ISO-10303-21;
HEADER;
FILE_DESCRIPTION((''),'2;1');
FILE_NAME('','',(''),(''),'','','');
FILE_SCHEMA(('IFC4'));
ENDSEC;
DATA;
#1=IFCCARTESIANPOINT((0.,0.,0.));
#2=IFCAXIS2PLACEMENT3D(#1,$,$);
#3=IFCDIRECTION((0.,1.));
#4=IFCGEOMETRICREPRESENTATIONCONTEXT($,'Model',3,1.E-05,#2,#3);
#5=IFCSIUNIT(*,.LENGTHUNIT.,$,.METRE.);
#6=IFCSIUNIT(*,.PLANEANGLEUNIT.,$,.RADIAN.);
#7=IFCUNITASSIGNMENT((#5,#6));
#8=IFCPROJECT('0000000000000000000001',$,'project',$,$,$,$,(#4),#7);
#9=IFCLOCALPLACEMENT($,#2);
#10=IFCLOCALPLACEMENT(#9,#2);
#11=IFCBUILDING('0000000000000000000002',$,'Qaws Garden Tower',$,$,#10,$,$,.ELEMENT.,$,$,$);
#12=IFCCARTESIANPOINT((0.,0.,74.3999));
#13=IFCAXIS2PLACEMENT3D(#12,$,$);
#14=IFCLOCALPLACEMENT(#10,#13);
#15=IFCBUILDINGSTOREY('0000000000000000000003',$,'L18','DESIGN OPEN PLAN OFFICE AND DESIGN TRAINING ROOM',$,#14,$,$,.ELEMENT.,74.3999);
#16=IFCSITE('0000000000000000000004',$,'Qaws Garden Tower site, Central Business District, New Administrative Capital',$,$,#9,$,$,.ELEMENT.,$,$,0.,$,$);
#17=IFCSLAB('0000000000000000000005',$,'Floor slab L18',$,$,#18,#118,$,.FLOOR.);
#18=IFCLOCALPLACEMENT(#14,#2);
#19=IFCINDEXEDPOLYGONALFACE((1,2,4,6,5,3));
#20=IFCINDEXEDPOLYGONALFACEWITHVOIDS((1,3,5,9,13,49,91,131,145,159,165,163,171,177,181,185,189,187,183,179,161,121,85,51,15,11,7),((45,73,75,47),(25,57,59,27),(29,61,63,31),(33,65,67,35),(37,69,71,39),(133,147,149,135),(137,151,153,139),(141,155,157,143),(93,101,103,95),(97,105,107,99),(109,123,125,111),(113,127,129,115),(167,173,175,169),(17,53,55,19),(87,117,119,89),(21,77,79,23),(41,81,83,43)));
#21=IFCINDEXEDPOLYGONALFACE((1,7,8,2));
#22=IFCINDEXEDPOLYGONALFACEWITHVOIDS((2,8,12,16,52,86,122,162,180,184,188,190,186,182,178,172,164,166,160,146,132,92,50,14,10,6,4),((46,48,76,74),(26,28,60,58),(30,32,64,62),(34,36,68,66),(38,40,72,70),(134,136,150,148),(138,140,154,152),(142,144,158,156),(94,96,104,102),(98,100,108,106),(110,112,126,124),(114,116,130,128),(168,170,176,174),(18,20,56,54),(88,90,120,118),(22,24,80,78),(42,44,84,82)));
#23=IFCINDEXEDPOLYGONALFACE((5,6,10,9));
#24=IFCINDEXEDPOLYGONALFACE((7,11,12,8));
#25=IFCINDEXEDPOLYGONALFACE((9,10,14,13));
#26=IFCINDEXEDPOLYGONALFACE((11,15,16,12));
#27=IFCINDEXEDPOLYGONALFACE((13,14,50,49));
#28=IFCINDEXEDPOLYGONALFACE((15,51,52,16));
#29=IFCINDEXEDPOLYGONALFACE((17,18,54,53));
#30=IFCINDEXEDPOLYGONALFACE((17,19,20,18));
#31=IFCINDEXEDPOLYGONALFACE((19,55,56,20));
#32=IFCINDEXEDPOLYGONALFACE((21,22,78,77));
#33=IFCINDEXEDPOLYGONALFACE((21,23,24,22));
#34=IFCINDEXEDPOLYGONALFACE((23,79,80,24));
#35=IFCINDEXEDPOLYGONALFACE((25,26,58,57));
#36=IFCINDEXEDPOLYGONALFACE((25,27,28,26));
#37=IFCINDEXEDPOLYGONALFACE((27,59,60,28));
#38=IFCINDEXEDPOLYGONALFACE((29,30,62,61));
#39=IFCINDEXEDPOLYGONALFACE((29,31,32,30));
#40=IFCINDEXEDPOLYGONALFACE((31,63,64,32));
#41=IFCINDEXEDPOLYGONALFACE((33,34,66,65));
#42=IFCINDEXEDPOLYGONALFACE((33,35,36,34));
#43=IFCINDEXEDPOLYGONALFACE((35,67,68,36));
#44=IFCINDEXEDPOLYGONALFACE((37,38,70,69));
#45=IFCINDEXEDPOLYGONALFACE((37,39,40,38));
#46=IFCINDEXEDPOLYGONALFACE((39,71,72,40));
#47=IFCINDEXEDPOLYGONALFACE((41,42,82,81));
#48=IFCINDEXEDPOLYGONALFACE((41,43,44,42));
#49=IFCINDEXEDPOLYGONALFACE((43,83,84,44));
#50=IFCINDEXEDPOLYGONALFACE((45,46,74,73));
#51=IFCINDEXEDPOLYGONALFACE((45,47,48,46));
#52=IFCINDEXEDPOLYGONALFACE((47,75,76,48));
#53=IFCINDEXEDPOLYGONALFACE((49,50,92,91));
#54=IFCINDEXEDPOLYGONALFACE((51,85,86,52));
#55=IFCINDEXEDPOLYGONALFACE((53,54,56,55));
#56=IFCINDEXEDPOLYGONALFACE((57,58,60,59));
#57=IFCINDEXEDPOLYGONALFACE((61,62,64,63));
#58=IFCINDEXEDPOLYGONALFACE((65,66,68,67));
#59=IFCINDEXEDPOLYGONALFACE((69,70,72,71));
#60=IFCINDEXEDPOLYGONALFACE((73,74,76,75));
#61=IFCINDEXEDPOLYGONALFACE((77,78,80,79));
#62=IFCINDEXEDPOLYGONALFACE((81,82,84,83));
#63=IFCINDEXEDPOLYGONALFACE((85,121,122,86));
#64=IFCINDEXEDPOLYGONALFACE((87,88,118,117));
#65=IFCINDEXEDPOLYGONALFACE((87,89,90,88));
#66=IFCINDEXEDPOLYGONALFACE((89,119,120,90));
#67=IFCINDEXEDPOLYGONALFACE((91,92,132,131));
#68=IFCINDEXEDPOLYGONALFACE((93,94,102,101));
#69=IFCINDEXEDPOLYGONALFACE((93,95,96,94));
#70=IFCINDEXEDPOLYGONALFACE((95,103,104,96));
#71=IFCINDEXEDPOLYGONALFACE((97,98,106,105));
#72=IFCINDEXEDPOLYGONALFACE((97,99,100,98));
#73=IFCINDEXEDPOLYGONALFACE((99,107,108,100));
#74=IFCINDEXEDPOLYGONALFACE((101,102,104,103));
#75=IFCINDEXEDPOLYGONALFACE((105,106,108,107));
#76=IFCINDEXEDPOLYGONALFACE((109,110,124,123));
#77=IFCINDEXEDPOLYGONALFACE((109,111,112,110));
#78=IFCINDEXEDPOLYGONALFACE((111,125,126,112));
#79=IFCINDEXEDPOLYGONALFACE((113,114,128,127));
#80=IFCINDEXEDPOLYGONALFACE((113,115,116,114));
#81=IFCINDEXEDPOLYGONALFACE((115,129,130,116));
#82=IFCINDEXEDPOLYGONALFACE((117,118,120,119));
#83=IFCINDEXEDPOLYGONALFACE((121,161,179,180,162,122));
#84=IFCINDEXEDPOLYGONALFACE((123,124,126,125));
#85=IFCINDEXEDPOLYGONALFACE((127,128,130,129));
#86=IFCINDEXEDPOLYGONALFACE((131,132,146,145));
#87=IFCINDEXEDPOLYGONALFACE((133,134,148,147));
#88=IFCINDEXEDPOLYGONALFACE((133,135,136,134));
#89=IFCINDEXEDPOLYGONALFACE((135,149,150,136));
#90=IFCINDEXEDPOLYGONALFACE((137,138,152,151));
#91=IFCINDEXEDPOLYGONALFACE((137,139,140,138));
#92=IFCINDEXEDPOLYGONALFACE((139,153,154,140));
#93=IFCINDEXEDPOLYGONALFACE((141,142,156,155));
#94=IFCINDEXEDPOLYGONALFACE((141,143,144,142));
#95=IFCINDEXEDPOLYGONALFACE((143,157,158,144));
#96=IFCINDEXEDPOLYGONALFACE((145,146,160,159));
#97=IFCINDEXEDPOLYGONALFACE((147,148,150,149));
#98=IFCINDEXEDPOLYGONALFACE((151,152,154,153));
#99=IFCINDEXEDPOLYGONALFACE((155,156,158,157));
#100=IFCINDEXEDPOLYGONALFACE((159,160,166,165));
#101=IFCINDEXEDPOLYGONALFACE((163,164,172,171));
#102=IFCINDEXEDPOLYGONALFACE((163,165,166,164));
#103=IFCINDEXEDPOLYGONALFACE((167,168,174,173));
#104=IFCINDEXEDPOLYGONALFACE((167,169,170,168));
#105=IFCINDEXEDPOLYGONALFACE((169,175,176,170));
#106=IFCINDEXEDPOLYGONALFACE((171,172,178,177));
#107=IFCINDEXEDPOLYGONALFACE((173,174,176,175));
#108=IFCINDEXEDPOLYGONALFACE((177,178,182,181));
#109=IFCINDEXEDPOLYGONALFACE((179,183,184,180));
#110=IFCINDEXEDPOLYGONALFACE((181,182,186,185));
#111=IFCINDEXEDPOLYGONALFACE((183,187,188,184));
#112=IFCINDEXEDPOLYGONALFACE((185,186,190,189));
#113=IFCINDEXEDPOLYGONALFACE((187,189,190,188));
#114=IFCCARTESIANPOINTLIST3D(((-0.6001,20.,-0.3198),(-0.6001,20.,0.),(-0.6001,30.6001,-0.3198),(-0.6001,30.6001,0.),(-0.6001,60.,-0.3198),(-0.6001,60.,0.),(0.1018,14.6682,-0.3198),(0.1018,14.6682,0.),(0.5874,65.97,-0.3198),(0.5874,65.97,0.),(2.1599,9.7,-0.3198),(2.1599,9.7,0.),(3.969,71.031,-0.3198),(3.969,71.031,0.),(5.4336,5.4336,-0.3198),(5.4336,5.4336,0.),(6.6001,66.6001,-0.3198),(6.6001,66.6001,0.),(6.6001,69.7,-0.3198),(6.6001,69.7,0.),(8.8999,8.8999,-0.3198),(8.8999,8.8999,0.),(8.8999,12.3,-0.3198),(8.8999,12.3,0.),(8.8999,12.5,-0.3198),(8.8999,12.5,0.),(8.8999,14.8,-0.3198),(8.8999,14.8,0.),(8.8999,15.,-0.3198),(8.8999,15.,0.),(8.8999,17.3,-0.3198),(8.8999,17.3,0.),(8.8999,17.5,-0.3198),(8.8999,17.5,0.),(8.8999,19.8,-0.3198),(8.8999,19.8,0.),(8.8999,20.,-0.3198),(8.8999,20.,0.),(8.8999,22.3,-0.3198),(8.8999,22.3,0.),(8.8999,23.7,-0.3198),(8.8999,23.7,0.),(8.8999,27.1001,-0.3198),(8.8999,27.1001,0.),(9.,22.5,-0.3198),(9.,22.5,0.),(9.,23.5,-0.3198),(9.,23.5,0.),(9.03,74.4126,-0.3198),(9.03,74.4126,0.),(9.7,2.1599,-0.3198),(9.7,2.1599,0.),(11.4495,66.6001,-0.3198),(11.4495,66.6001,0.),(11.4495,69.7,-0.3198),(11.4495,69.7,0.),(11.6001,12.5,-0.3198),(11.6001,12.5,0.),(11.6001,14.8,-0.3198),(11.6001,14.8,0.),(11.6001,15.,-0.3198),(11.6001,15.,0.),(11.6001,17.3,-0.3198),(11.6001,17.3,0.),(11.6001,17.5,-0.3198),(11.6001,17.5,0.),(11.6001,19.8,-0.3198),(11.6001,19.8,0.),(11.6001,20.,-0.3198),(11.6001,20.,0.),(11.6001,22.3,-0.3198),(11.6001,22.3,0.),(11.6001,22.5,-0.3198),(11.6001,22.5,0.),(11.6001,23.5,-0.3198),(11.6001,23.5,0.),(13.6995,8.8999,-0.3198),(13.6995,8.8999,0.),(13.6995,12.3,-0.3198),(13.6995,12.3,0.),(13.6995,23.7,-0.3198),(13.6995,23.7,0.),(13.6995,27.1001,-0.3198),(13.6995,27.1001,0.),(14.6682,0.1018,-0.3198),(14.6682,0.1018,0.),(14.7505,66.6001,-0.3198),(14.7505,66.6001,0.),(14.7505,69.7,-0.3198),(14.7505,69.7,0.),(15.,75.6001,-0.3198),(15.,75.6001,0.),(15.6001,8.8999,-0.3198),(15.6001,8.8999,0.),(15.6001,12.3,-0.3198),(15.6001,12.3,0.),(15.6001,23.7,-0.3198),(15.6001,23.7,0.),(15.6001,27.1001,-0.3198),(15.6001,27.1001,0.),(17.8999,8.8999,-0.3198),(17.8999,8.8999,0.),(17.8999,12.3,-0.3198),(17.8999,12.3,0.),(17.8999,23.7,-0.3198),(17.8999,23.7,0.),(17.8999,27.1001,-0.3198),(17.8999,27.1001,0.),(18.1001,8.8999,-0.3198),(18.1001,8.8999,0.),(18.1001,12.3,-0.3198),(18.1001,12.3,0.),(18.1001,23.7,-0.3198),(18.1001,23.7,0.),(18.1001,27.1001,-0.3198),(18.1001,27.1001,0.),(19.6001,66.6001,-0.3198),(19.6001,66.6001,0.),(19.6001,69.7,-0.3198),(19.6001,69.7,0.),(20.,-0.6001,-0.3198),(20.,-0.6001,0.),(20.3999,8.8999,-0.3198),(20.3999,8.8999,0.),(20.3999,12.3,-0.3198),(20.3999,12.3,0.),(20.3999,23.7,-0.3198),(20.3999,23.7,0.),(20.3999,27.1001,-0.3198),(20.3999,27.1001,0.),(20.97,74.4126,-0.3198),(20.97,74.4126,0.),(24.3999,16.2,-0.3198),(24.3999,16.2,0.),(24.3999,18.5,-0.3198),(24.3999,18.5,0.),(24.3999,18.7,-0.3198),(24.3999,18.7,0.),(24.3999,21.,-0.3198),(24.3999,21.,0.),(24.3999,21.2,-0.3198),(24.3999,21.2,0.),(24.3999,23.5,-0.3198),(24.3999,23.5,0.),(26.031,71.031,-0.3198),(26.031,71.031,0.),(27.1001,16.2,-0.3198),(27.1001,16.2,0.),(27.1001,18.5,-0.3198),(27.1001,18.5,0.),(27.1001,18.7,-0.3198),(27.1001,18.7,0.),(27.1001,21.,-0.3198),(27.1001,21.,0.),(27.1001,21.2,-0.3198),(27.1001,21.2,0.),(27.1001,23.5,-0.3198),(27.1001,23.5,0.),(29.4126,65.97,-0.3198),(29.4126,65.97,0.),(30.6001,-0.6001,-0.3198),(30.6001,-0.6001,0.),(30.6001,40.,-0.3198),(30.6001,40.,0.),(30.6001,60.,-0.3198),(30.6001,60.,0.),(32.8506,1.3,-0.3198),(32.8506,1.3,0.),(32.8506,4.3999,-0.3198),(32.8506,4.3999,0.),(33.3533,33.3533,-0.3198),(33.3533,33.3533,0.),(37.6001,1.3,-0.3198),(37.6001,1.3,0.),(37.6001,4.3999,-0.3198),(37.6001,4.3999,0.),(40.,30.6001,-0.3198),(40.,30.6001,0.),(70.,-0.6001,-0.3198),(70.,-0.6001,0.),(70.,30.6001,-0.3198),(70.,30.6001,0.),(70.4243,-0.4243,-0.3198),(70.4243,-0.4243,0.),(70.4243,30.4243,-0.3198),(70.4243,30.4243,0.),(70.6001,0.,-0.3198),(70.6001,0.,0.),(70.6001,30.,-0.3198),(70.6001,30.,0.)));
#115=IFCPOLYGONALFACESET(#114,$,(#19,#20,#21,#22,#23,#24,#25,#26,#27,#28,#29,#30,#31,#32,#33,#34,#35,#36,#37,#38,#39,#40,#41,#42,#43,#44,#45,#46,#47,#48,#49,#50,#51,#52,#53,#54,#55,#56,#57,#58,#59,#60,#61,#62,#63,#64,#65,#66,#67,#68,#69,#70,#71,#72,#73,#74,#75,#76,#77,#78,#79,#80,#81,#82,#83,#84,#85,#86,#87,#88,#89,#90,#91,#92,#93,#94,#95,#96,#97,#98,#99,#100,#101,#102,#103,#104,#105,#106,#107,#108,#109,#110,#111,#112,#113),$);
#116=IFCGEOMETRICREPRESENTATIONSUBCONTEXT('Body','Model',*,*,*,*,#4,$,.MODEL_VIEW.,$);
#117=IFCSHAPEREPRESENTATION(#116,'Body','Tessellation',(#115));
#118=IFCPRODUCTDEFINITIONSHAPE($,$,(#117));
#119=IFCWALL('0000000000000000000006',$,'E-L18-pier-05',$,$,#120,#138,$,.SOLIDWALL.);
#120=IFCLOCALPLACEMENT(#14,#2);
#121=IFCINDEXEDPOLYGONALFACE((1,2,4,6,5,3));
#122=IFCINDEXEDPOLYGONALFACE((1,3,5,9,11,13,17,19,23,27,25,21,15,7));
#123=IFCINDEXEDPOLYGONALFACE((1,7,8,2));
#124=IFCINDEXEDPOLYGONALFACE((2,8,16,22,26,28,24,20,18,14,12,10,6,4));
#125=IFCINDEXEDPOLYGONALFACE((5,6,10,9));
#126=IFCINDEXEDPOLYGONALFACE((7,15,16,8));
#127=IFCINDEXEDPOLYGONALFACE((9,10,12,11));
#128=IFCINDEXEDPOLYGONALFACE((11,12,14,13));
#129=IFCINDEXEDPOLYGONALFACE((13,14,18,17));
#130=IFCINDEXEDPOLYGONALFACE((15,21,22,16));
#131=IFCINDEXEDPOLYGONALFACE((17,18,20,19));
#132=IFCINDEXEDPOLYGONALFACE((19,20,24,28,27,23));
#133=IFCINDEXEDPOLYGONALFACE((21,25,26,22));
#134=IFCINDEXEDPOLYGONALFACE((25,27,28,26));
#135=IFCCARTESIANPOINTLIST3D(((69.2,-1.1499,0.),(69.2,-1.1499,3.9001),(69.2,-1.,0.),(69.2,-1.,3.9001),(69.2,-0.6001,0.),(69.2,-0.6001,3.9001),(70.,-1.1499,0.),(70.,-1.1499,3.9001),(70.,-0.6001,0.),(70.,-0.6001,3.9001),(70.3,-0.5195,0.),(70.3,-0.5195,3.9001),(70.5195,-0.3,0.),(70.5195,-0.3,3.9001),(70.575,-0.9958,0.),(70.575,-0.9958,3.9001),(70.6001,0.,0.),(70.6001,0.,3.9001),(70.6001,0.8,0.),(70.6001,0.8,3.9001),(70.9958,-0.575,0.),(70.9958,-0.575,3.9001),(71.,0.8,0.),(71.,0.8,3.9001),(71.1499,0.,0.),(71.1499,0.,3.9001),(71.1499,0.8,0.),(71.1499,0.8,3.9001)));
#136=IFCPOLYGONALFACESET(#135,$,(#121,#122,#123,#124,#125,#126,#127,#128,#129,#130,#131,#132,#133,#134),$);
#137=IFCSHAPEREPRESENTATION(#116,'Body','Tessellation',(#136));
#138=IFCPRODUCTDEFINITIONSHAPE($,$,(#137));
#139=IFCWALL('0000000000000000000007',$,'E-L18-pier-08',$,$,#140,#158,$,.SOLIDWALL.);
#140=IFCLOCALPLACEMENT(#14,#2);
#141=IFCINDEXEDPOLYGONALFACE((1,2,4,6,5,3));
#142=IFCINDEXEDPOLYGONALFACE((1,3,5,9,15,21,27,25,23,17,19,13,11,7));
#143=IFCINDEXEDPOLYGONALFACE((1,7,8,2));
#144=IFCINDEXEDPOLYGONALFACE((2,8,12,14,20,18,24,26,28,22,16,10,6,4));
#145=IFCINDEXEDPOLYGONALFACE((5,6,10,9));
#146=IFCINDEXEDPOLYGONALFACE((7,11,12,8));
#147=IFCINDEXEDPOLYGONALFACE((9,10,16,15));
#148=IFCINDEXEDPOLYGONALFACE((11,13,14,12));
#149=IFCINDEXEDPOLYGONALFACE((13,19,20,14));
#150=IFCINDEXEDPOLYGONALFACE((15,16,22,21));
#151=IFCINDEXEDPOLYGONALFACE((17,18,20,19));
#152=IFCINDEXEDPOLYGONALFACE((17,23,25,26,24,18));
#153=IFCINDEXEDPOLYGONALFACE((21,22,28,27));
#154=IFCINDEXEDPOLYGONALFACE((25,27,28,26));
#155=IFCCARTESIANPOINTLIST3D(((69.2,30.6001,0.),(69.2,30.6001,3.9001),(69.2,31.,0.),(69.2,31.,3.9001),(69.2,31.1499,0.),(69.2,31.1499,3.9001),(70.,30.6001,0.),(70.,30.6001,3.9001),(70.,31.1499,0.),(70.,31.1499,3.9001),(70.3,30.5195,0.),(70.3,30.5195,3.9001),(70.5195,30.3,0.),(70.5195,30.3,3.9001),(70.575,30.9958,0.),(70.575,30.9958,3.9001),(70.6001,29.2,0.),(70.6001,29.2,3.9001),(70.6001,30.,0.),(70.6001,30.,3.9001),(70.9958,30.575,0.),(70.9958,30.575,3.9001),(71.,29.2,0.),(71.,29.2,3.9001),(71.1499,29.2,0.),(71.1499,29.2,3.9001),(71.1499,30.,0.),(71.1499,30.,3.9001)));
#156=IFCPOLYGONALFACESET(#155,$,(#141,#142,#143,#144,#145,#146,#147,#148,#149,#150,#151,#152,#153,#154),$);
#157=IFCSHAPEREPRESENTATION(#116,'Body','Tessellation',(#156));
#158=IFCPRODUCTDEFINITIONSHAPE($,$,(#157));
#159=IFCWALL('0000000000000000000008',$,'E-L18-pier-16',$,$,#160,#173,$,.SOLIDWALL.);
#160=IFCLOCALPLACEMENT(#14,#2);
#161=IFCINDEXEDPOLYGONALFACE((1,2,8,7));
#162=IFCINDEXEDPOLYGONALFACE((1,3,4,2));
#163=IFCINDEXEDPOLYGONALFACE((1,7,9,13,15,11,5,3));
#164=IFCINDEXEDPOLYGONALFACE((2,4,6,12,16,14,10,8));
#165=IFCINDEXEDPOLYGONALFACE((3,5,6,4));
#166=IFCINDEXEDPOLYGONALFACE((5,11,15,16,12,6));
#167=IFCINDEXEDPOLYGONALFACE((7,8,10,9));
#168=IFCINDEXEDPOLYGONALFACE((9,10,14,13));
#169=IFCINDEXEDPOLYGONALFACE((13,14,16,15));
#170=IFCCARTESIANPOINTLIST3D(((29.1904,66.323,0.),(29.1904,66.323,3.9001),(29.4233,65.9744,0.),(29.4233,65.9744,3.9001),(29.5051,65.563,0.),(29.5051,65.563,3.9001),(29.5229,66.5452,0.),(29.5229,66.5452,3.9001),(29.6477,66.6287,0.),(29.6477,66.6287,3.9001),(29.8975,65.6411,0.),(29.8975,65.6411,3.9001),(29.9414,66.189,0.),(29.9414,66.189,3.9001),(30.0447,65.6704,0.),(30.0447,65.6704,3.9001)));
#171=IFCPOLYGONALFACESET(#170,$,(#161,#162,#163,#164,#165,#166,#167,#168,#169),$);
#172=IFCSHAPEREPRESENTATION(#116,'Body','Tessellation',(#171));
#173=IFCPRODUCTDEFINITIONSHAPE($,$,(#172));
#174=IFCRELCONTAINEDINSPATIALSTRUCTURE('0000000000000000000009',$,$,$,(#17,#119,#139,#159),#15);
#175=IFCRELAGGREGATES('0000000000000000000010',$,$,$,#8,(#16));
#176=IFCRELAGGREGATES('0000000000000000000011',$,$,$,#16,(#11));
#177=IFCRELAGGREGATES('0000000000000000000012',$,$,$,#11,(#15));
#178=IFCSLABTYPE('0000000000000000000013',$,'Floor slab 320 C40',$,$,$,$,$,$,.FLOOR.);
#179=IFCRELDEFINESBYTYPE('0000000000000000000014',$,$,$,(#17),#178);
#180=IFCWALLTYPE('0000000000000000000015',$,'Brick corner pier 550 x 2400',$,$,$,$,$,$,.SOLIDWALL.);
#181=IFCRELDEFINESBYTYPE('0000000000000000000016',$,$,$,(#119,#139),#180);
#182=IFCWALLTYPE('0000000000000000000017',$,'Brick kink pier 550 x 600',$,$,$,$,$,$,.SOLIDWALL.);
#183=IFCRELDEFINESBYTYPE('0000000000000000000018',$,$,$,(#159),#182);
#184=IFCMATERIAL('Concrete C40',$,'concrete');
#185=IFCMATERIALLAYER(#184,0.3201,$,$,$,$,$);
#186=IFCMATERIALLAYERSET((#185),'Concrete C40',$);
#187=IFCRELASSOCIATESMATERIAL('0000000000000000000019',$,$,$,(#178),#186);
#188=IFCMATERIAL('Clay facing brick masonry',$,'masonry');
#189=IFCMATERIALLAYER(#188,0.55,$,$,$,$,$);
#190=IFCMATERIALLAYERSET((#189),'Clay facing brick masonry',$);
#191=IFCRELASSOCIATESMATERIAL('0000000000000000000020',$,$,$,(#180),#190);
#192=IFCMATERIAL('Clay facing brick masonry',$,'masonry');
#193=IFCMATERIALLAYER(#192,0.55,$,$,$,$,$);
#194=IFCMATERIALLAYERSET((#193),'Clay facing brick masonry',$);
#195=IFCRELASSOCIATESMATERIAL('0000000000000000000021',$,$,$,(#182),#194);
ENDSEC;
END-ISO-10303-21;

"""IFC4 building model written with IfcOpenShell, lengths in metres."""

from ifc_helpers import new_model, si_unit, direction, frame, origin, place, context, subcontext, project, spatial, polyline, outline, extrude, material, layer, layer_set, type_object, element, save


model = new_model("IFC4")

# Units and contexts
model_context = context("Model", 3, precision=1e-05, world=origin(), true_north=direction((0.0, 1.0)))
body_context = subcontext(model_context, "Body", "Model", "MODEL_VIEW")
ifc_project = project(units=[si_unit("LENGTHUNIT", "METRE"), si_unit("PLANEANGLEUNIT", "RADIAN")], contexts=[model_context])

# Site, building, storey
site_placement = place(None, origin())
site = spatial("IfcSite", under=ifc_project, at=site_placement, Name="Qaws Garden Tower site, Central Business District, New Administrative Capital", CompositionType="ELEMENT", RefElevation=0.0)
building_placement = place(site_placement, origin())
building = spatial("IfcBuilding", under=site, at=building_placement, Name="Qaws Garden Tower", CompositionType="ELEMENT")
storey_placement = place(building_placement, frame((0.0, 0.0, 74.3999)))
storey = spatial("IfcBuildingStorey", under=building, at=storey_placement, Name="L18", Description="DESIGN OPEN PLAN OFFICE AND DESIGN TRAINING ROOM", CompositionType="ELEMENT", Elevation=74.3999)

# Slab
ifc_material_1 = material(Name="Concrete C40", Category="concrete")
ifc_layer_1 = layer(ifc_material_1, 0.3201)
ifc_layer_set_1 = layer_set([ifc_layer_1], Name="Concrete C40")
slab_type = type_object("IfcSlabType", Name="Floor slab 320 C40", PredefinedType="FLOOR", material=ifc_layer_set_1)
slab_placement = place(storey_placement, frame((0.0, 0.0, -0.3198)))
element("IfcSlab", 1, at=slab_placement, inside=storey, type_object=slab_type, Name="Floor slab L18", PredefinedType="FLOOR", context=body_context, shape_type="SweptSolid", body=[
    extrude(outline(polyline([(0.1018, 14.6682), (-0.6001, 20.0), (-0.6001, 30.6001), (-0.6001, 60.0), (-0.6001, 60.0), (0.5874, 65.97), (3.969, 71.031), (9.03, 74.4126), (15.0, 75.6001), (20.97, 74.4126), (26.031, 71.031), (29.4126, 65.97), (30.6001, 60.0), (30.6001, 40.0), (33.3533, 33.3533), (40.0, 30.6001), (70.0, 30.6001), (70.4243, 30.4243), (70.6001, 30.0), (70.6001, 0.0), (70.4243, -0.4243), (70.0, -0.6001), (30.6001, -0.6001), (20.0, -0.6001), (14.6682, 0.1018), (9.7, 2.1599), (5.4336, 5.4336), (2.1599, 9.7), (0.1018, 14.6682)]), holes=[polyline([(13.6995, 12.3), (8.8999, 12.3), (8.8999, 8.8999), (13.6995, 8.8999), (13.6995, 12.3)]), polyline([(17.8999, 12.3), (15.6001, 12.3), (15.6001, 8.8999), (17.8999, 8.8999), (17.8999, 12.3)]), polyline([(11.6001, 14.8), (8.8999, 14.8), (8.8999, 12.5), (11.6001, 12.5), (11.6001, 14.8)]), polyline([(11.6001, 17.3), (8.8999, 17.3), (8.8999, 15.0), (11.6001, 15.0), (11.6001, 17.3)]), polyline([(11.6001, 19.8), (8.8999, 19.8), (8.8999, 17.5), (11.6001, 17.5), (11.6001, 19.8)]), polyline([(11.6001, 22.3), (8.8999, 22.3), (8.8999, 20.0), (11.6001, 20.0), (11.6001, 22.3)]), polyline([(11.6001, 23.5), (9.0, 23.5), (9.0, 22.5), (11.6001, 22.5), (11.6001, 23.5)]), polyline([(13.6995, 27.1001), (8.8999, 27.1001), (8.8999, 23.7), (13.6995, 23.7), (13.6995, 27.1001)]), polyline([(11.4495, 69.7), (6.6001, 69.7), (6.6001, 66.6001), (11.4495, 66.6001), (11.4495, 69.7)]), polyline([(37.6001, 4.3999), (32.8506, 4.3999), (32.8506, 1.3), (37.6001, 1.3), (37.6001, 4.3999)]), polyline([(20.3999, 12.3), (18.1001, 12.3), (18.1001, 8.8999), (20.3999, 8.8999), (20.3999, 12.3)]), polyline([(27.1001, 18.5), (24.3999, 18.5), (24.3999, 16.2), (27.1001, 16.2), (27.1001, 18.5)]), polyline([(27.1001, 21.0), (24.3999, 21.0), (24.3999, 18.7), (27.1001, 18.7), (27.1001, 21.0)]), polyline([(27.1001, 23.5), (24.3999, 23.5), (24.3999, 21.2), (27.1001, 21.2), (27.1001, 23.5)]), polyline([(17.8999, 27.1001), (15.6001, 27.1001), (15.6001, 23.7), (17.8999, 23.7), (17.8999, 27.1001)]), polyline([(20.3999, 23.7), (20.3999, 27.1001), (18.1001, 27.1001), (18.1001, 23.7), (20.3999, 23.7)]), polyline([(19.6001, 66.6001), (19.6001, 69.7), (14.7505, 69.7), (14.7505, 66.6001), (19.6001, 66.6001)])]), origin(), (0.0, 0.0, 1.0), 0.3198),
])

# Walls
ifc_material_2 = material(Name="Clay facing brick masonry", Category="masonry")
ifc_layer_2 = layer(ifc_material_2, 0.55)
ifc_layer_set_2 = layer_set([ifc_layer_2], Name="Clay facing brick masonry")
wall_type_1 = type_object("IfcWallType", Name="Brick corner pier 550 x 2400", PredefinedType="SOLIDWALL", material=ifc_layer_set_2)
placement = place(storey_placement, origin())
element("IfcWall", 2, at=placement, inside=storey, type_object=wall_type_1, Name="E-L18-pier-05", PredefinedType="SOLIDWALL", context=body_context, shape_type="SweptSolid", body=[
    extrude(outline(polyline([(69.2, -1.0), (69.2, -1.1499), (70.0, -1.1499), (70.575, -0.9958), (70.9958, -0.575), (71.1499, 0.0), (71.1499, 0.8), (71.0, 0.8), (70.6001, 0.8), (70.6001, 0.0), (70.5195, -0.3), (70.3, -0.5195), (70.0, -0.6001), (69.2, -0.6001), (69.2, -1.0)])), origin(), (0.0, 0.0, 1.0), 3.9001),
])
element("IfcWall", 3, at=placement, inside=storey, type_object=wall_type_1, Name="E-L18-pier-08", PredefinedType="SOLIDWALL", context=body_context, shape_type="SweptSolid", body=[
    extrude(outline(polyline([(71.0, 29.2), (71.1499, 29.2), (71.1499, 30.0), (70.9958, 30.575), (70.575, 30.9958), (70.0, 31.1499), (69.2, 31.1499), (69.2, 31.0), (69.2, 30.6001), (70.0, 30.6001), (70.3, 30.5195), (70.5195, 30.3), (70.6001, 30.0), (70.6001, 29.2), (71.0, 29.2)])), origin(), (0.0, 0.0, 1.0), 3.9001),
])
ifc_material_3 = material(Name="Clay facing brick masonry", Category="masonry")
ifc_layer_3 = layer(ifc_material_3, 0.55)
ifc_layer_set_3 = layer_set([ifc_layer_3], Name="Clay facing brick masonry")
wall_type_2 = type_object("IfcWallType", Name="Brick kink pier 550 x 600", PredefinedType="SOLIDWALL", material=ifc_layer_set_3)
element("IfcWall", 4, at=placement, inside=storey, type_object=wall_type_2, Name="E-L18-pier-16", PredefinedType="SOLIDWALL", context=body_context, shape_type="SweptSolid", body=[
    extrude(outline(polyline([(29.8975, 65.6411), (30.0447, 65.6704), (29.9414, 66.189), (29.6477, 66.6287), (29.5229, 66.5452), (29.1904, 66.323), (29.4233, 65.9744), (29.5051, 65.563), (29.8975, 65.6411)])), origin(), (0.0, 0.0, 1.0), 3.9001),
])

save(model, "model.ifc")
